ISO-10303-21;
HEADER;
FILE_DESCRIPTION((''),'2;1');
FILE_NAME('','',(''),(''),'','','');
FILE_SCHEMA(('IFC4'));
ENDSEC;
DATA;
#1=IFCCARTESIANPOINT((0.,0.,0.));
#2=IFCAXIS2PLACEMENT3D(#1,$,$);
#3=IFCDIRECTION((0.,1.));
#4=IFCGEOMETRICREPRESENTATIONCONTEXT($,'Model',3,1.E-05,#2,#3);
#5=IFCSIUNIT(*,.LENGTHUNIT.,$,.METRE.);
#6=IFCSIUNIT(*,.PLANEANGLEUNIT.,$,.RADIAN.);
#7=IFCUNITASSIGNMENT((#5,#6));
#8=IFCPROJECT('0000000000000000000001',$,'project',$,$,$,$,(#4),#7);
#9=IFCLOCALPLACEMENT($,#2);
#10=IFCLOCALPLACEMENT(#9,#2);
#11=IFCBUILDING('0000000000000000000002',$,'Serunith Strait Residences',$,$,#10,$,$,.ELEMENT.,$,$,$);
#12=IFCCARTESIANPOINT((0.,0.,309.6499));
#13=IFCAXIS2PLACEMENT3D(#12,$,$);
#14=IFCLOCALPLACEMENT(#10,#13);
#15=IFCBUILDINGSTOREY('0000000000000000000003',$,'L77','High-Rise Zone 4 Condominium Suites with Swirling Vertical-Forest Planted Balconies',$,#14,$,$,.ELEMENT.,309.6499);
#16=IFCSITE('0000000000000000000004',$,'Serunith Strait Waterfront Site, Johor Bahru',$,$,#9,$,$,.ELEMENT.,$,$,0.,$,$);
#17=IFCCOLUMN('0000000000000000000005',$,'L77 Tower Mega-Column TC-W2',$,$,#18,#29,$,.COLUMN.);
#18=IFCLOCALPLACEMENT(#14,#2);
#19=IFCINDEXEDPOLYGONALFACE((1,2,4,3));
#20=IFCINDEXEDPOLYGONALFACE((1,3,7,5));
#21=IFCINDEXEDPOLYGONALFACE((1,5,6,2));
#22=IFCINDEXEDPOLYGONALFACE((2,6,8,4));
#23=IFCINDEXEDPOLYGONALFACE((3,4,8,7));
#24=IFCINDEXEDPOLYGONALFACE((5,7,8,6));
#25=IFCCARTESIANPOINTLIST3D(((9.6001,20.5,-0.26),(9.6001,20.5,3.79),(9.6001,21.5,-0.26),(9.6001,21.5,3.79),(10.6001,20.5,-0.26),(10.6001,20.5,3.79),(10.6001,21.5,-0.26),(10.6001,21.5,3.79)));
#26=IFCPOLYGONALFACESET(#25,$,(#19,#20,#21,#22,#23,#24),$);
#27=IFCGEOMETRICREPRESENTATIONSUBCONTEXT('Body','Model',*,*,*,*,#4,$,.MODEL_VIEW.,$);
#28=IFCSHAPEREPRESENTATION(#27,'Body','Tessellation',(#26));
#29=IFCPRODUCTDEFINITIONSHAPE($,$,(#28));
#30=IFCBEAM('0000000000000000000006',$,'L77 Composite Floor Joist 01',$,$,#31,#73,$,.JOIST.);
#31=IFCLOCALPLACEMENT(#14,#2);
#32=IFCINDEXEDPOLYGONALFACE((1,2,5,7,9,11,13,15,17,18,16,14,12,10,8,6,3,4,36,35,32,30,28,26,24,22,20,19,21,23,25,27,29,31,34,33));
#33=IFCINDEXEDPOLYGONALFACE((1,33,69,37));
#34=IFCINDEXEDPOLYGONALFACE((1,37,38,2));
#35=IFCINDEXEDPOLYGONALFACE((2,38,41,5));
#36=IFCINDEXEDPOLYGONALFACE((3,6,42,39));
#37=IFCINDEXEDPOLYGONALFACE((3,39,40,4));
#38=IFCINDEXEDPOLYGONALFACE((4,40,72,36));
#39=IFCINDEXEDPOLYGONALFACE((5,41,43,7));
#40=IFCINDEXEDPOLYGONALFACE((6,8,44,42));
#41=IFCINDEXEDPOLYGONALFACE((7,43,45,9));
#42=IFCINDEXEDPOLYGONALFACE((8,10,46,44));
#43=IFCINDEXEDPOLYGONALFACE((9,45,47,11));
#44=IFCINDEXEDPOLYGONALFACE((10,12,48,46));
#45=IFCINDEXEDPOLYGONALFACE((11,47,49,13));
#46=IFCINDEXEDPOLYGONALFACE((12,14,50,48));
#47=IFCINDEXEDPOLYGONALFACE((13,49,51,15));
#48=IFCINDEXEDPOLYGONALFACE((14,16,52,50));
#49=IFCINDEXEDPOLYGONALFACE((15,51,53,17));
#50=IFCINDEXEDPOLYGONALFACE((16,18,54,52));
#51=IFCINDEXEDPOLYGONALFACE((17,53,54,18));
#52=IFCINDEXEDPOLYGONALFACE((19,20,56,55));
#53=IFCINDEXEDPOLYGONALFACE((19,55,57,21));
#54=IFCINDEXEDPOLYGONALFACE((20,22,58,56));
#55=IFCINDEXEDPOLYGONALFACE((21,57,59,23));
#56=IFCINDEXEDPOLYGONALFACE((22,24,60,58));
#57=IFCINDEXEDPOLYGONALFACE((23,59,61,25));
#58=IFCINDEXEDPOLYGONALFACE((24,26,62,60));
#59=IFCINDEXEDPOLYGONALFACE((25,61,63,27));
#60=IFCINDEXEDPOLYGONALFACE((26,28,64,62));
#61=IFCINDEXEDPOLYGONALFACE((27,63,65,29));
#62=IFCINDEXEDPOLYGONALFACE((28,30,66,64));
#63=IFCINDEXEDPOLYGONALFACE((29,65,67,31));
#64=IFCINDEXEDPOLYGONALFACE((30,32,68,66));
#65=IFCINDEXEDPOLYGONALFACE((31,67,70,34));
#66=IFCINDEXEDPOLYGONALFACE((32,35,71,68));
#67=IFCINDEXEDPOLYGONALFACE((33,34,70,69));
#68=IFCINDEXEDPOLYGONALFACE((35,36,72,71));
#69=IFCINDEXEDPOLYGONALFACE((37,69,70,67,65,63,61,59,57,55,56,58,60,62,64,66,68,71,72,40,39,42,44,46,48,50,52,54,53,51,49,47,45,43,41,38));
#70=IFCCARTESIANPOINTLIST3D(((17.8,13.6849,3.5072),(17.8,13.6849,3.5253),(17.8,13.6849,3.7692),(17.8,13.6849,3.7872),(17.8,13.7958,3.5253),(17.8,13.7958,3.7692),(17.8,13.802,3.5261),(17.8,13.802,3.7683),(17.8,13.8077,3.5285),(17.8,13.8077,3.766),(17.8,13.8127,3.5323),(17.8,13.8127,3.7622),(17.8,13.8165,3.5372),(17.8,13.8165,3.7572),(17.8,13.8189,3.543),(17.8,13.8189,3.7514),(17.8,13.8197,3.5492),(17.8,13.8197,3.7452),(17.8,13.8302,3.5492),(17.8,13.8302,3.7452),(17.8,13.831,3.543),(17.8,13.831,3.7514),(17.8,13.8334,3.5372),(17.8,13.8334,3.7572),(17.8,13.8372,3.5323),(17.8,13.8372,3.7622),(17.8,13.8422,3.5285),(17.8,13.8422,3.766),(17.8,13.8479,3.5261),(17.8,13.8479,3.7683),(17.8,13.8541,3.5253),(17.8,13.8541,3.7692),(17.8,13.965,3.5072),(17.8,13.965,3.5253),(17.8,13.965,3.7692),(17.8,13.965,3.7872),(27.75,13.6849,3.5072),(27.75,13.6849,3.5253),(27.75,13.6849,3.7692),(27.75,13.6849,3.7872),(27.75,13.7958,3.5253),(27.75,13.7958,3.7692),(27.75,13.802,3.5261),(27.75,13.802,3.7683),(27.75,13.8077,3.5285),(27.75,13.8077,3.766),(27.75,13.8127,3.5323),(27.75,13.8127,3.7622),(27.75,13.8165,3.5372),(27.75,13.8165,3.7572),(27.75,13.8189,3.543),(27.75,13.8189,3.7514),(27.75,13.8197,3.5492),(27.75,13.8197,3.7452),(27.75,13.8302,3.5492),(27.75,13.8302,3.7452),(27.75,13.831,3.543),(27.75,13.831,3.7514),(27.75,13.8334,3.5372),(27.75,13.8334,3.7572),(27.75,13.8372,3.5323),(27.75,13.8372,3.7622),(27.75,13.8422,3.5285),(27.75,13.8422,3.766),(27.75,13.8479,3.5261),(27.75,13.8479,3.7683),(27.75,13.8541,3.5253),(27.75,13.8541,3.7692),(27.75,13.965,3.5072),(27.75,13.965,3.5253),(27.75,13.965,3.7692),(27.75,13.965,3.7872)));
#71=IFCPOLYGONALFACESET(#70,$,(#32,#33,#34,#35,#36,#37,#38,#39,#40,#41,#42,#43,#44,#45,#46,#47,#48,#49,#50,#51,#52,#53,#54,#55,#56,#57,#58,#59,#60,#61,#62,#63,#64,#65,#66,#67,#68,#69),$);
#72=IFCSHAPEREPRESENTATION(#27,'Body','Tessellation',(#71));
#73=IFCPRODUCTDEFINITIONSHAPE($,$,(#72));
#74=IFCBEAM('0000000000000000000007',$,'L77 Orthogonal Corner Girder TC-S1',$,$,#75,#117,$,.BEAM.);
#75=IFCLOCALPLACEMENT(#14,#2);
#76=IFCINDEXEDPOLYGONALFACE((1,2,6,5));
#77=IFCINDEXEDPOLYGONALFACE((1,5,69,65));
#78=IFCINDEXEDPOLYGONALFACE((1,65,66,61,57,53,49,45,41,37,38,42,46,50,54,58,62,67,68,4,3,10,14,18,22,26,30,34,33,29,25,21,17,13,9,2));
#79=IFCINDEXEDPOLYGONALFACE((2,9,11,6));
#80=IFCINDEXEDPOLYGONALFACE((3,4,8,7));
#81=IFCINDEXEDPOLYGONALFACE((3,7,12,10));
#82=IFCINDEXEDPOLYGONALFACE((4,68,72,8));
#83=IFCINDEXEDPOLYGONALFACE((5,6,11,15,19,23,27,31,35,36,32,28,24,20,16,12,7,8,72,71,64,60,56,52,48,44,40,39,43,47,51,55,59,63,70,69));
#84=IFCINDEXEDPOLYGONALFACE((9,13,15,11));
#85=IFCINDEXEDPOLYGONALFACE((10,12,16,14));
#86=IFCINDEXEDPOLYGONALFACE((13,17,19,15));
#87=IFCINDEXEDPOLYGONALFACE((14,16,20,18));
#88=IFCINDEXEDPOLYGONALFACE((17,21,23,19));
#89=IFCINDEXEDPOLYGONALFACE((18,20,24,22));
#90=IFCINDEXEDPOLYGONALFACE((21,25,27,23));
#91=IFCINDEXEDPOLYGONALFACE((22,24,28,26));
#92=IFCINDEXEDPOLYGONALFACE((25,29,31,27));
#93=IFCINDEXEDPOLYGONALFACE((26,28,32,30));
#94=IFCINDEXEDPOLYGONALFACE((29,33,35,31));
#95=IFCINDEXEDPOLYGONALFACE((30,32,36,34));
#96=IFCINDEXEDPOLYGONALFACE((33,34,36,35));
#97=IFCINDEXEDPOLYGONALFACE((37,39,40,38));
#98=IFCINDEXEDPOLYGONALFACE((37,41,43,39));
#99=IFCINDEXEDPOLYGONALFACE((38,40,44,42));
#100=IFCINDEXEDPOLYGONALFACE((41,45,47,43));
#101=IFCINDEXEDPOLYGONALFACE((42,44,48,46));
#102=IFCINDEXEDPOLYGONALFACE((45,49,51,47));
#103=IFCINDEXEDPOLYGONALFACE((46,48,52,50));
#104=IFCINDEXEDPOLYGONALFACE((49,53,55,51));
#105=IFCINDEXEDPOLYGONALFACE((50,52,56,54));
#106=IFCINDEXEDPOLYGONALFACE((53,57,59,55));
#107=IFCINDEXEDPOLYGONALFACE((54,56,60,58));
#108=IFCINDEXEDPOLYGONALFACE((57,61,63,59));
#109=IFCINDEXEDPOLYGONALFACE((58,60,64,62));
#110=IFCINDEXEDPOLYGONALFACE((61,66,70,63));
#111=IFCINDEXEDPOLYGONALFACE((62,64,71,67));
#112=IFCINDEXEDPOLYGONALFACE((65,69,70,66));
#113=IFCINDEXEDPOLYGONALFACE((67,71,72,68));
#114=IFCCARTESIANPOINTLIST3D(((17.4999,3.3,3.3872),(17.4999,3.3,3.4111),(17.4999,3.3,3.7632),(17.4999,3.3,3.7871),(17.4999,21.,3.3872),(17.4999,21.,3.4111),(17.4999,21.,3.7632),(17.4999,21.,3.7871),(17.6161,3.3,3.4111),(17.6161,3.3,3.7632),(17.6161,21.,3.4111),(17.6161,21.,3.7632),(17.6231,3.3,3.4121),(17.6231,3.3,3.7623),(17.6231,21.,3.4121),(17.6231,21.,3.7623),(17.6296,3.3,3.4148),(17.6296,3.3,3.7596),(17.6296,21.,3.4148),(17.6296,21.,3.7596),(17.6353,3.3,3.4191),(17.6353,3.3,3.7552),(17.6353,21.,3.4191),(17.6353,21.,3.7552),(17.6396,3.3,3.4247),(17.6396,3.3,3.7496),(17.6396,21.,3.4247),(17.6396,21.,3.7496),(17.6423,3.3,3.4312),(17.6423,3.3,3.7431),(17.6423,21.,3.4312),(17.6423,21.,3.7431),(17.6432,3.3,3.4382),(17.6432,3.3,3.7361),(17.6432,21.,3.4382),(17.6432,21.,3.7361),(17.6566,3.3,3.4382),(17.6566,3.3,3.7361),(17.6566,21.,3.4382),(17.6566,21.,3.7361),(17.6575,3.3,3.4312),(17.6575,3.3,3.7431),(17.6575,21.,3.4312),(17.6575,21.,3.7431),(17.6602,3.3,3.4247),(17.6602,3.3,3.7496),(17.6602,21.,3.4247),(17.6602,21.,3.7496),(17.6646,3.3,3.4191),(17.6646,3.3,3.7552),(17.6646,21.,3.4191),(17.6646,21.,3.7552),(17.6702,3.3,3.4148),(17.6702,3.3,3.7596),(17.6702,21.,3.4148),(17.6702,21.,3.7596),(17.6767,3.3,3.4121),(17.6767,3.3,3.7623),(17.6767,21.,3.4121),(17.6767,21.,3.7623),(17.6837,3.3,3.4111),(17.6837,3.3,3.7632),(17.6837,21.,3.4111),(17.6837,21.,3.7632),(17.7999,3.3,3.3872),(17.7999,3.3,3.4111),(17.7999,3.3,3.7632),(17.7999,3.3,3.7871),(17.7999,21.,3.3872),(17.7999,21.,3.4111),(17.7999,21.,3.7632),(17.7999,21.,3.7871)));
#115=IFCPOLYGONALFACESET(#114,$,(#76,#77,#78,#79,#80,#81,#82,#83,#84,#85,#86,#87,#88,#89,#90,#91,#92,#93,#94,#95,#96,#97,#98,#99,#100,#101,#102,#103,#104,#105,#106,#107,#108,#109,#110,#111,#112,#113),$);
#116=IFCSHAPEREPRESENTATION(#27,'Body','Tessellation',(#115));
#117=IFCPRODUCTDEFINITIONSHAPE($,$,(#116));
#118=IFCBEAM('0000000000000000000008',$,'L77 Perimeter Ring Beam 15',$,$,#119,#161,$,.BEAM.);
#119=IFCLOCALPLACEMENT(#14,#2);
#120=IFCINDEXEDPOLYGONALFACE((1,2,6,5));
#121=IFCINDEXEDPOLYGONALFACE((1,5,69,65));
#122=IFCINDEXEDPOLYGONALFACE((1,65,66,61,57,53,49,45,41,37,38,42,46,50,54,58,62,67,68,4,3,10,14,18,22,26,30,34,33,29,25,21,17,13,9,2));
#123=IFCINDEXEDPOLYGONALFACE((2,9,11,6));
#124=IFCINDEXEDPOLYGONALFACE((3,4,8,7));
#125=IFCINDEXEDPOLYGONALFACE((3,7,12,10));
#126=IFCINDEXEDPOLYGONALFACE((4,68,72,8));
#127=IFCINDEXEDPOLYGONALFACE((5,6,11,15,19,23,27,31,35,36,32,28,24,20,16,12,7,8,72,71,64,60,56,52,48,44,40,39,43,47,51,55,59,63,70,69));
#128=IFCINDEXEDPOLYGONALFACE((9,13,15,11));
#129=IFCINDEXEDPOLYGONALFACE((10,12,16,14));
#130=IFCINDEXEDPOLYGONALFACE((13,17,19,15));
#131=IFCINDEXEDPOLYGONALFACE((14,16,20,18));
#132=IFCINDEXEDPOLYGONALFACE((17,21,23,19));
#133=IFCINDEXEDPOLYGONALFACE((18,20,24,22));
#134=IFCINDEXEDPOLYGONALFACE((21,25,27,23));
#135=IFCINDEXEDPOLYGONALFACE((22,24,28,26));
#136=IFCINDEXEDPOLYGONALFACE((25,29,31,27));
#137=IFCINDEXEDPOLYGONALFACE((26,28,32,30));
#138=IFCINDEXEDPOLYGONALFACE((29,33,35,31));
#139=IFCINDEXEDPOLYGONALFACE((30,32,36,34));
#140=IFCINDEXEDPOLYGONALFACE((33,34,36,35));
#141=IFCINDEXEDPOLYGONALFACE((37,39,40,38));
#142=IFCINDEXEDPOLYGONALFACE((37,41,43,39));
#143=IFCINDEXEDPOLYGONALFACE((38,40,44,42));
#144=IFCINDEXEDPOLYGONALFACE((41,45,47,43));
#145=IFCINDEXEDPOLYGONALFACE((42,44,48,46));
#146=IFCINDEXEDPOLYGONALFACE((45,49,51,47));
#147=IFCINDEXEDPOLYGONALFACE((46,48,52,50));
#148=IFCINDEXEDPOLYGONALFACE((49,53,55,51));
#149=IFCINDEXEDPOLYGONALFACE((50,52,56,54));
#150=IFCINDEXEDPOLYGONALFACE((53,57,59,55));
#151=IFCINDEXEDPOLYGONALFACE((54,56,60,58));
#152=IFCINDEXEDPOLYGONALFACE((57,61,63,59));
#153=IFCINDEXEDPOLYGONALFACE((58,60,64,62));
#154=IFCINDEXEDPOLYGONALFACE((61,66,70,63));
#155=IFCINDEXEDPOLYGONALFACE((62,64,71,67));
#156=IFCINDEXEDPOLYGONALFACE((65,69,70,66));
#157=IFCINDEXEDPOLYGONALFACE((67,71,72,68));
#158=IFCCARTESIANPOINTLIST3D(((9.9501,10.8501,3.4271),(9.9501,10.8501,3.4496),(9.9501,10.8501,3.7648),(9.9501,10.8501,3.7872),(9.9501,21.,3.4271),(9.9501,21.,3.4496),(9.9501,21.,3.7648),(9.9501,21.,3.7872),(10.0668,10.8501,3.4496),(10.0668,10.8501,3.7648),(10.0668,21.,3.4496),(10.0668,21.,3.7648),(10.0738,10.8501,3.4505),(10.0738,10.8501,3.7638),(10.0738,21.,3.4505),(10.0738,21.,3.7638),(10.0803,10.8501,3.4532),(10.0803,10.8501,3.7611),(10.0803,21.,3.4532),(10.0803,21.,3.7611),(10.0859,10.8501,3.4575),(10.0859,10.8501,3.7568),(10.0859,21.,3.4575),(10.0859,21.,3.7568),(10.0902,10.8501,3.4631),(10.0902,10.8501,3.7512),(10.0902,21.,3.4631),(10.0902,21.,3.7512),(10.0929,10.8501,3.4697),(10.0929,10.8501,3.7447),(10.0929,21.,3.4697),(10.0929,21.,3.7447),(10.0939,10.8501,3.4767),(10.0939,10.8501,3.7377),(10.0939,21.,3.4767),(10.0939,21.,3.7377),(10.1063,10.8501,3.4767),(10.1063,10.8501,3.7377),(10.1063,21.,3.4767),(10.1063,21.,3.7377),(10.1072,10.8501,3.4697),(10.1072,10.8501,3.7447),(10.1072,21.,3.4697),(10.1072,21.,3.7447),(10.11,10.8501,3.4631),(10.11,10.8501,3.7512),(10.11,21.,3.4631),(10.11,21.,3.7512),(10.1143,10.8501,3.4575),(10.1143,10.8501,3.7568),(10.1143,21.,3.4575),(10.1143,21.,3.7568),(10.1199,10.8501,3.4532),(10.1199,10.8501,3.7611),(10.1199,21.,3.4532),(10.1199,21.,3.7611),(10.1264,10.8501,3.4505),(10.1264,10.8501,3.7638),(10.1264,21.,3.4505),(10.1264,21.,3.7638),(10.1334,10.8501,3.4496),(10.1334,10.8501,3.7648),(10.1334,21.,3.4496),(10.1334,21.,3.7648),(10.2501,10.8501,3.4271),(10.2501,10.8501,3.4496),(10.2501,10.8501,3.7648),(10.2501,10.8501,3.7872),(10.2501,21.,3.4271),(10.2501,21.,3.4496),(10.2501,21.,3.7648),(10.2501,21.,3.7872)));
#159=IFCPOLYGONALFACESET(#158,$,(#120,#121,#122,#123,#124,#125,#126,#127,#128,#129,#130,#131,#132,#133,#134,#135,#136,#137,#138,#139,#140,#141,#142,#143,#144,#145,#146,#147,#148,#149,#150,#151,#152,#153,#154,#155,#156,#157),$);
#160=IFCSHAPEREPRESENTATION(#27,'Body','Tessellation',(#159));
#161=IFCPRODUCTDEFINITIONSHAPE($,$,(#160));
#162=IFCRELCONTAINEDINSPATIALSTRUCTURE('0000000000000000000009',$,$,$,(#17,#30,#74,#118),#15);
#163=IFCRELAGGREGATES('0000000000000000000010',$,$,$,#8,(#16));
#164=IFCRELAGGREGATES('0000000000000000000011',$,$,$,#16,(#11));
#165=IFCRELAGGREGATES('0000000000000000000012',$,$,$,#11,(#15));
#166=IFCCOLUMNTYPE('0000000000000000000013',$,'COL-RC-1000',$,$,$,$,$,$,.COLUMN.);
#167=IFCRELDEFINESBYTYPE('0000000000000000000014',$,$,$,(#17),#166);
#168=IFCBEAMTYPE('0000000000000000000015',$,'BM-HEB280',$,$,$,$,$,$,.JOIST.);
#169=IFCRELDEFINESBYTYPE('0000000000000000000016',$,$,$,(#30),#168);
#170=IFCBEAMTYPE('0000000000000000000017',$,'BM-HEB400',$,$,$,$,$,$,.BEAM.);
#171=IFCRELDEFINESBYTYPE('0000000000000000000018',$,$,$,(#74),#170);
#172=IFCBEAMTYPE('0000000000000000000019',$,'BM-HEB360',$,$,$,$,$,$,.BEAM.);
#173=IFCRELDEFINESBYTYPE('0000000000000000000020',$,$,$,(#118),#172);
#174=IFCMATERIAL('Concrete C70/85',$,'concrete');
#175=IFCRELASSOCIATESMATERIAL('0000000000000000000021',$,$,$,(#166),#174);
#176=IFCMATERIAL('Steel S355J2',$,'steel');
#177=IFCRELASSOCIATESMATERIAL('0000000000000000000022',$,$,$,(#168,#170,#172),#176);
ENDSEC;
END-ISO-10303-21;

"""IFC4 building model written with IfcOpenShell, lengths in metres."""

from ifc_helpers import new_model, si_unit, direction, frame, origin, origin_2d, place, context, subcontext, project, spatial, rectangle, i_section, extrude, source, transform, mapped, material, material_profile, profile_set, type_object, element, save


model = new_model("IFC4")

# Units and contexts
model_context = context("Model", 3, precision=1e-05, world=origin(), true_north=direction((0.0, 1.0)))
body_context = subcontext(model_context, "Body", "Model", "MODEL_VIEW")
ifc_project = project(units=[si_unit("LENGTHUNIT", "METRE"), si_unit("PLANEANGLEUNIT", "RADIAN")], contexts=[model_context])

# Site, building, storey
site_placement = place(None, origin())
site = spatial("IfcSite", under=ifc_project, at=site_placement, Name="Serunith Strait Waterfront Site, Johor Bahru", CompositionType="ELEMENT", RefElevation=0.0)
building_placement = place(site_placement, origin())
building = spatial("IfcBuilding", under=site, at=building_placement, Name="Serunith Strait Residences", CompositionType="ELEMENT")
storey_placement = place(building_placement, frame((0.0, 0.0, 309.6499)))
storey = spatial("IfcBuildingStorey", under=building, at=storey_placement, Name="L77", Description="High-Rise Zone 4 Condominium Suites with Swirling Vertical-Forest Planted Balconies", CompositionType="ELEMENT", Elevation=309.6499)

# Column
ifc_material_1 = material(Name="Concrete C70/85", Category="concrete")
ifc_material_profile_1 = material_profile(ifc_material_1, rectangle(XDim=1.0, YDim=1.0, at=origin_2d()), Name="RC 1000x1000")
ifc_profile_set_1 = profile_set([ifc_material_profile_1], Name="Concrete C70/85")
column_type = type_object("IfcColumnType", Name="COL-RC-1000", PredefinedType="COLUMN", material=ifc_profile_set_1)
shared_shape_1 = source(origin(), body_context, "Body", "SweptSolid", [
    extrude(rectangle(XDim=1.0, YDim=1.0, at=origin_2d()), origin(), (0.0, 0.0, 1.0), 4.05),
])
column_placement = place(storey_placement, frame((10.1001, 21.0, -0.26), z_axis=(0.0, 0.0, 1.0), x_axis=(1.0, 0.0, 0.0)))
element("IfcColumn", 1, at=column_placement, inside=storey, type_object=column_type, Name="L77 Tower Mega-Column TC-W2", PredefinedType="COLUMN", context=body_context, shape_type="MappedRepresentation", body=[
    mapped(shared_shape_1, transform((0.0, 0.0, 0.0), scale=1.0)),
])

# Beams
ifc_material_2 = material(Name="Steel S355J2", Category="steel")
ifc_material_profile_2 = material_profile(ifc_material_2, i_section(OverallWidth=0.28, OverallDepth=0.28, WebThickness=0.0105, FlangeThickness=0.0181, FilletRadius=0.0239, at=origin_2d()), Name="HEB 280")
ifc_profile_set_2 = profile_set([ifc_material_profile_2], Name="Steel S355J2")
beam_type_1 = type_object("IfcBeamType", Name="BM-HEB280", PredefinedType="JOIST", material=ifc_profile_set_2)
shared_shape_2 = source(origin(), body_context, "Body", "SweptSolid", [
    extrude(i_section(OverallWidth=0.28, OverallDepth=0.28, WebThickness=0.0105, FlangeThickness=0.0181, FilletRadius=0.0239, at=origin_2d()), origin(), (0.0, 0.0, 1.0), 9.95),
])
beam_1_placement = place(storey_placement, frame((17.8, 13.825, 3.6472), z_axis=(1.0, 0.0, 0.0), x_axis=(0.0, 1.0, 0.0)))
element("IfcBeam", 2, at=beam_1_placement, inside=storey, type_object=beam_type_1, Name="L77 Composite Floor Joist 01", PredefinedType="JOIST", context=body_context, shape_type="MappedRepresentation", body=[
    mapped(shared_shape_2, transform((0.0, 0.0, 0.0), scale=1.0)),
])
ifc_material_profile_3 = material_profile(ifc_material_2, i_section(OverallWidth=0.3, OverallDepth=0.3999, WebThickness=0.0134, FlangeThickness=0.0239, FilletRadius=0.0271, at=origin_2d()), Name="HEB 400")
ifc_profile_set_3 = profile_set([ifc_material_profile_3], Name="Steel S355J2")
beam_type_2 = type_object("IfcBeamType", Name="BM-HEB400", PredefinedType="BEAM", material=ifc_profile_set_3)
shared_shape_3 = source(origin(), body_context, "Body", "SweptSolid", [
    extrude(i_section(OverallWidth=0.3, OverallDepth=0.3999, WebThickness=0.0134, FlangeThickness=0.0239, FilletRadius=0.0271, at=origin_2d()), origin(), (0.0, 0.0, 1.0), 17.7),
])
beam_2_placement = place(storey_placement, frame((17.6499, 21.0, 3.5872), z_axis=(0.0, -1.0, 0.0), x_axis=(1.0, 0.0, 0.0)))
element("IfcBeam", 3, at=beam_2_placement, inside=storey, type_object=beam_type_2, Name="L77 Orthogonal Corner Girder TC-S1", PredefinedType="BEAM", context=body_context, shape_type="MappedRepresentation", body=[
    mapped(shared_shape_3, transform((0.0, 0.0, 0.0), scale=1.0)),
])
ifc_material_profile_4 = material_profile(ifc_material_2, i_section(OverallWidth=0.3, OverallDepth=0.3601, WebThickness=0.0125, FlangeThickness=0.0225, FilletRadius=0.0271, at=origin_2d()), Name="HEB 360")
ifc_profile_set_4 = profile_set([ifc_material_profile_4], Name="Steel S355J2")
beam_type_3 = type_object("IfcBeamType", Name="BM-HEB360", PredefinedType="BEAM", material=ifc_profile_set_4)
shared_shape_4 = source(origin(), body_context, "Body", "SweptSolid", [
    extrude(i_section(OverallWidth=0.3, OverallDepth=0.3601, WebThickness=0.0125, FlangeThickness=0.0225, FilletRadius=0.0271, at=origin_2d()), origin(), (0.0, 0.0, 1.0), 10.1499),
])
beam_3_placement = place(storey_placement, frame((10.1001, 21.0, 3.6072), z_axis=(0.0, -1.0, 0.0), x_axis=(1.0, 0.0, 0.0)))
element("IfcBeam", 4, at=beam_3_placement, inside=storey, type_object=beam_type_3, Name="L77 Perimeter Ring Beam 15", PredefinedType="BEAM", context=body_context, shape_type="MappedRepresentation", body=[
    mapped(shared_shape_4, transform((0.0, 0.0, 0.0), scale=1.0)),
])

save(model, "model.ifc")
